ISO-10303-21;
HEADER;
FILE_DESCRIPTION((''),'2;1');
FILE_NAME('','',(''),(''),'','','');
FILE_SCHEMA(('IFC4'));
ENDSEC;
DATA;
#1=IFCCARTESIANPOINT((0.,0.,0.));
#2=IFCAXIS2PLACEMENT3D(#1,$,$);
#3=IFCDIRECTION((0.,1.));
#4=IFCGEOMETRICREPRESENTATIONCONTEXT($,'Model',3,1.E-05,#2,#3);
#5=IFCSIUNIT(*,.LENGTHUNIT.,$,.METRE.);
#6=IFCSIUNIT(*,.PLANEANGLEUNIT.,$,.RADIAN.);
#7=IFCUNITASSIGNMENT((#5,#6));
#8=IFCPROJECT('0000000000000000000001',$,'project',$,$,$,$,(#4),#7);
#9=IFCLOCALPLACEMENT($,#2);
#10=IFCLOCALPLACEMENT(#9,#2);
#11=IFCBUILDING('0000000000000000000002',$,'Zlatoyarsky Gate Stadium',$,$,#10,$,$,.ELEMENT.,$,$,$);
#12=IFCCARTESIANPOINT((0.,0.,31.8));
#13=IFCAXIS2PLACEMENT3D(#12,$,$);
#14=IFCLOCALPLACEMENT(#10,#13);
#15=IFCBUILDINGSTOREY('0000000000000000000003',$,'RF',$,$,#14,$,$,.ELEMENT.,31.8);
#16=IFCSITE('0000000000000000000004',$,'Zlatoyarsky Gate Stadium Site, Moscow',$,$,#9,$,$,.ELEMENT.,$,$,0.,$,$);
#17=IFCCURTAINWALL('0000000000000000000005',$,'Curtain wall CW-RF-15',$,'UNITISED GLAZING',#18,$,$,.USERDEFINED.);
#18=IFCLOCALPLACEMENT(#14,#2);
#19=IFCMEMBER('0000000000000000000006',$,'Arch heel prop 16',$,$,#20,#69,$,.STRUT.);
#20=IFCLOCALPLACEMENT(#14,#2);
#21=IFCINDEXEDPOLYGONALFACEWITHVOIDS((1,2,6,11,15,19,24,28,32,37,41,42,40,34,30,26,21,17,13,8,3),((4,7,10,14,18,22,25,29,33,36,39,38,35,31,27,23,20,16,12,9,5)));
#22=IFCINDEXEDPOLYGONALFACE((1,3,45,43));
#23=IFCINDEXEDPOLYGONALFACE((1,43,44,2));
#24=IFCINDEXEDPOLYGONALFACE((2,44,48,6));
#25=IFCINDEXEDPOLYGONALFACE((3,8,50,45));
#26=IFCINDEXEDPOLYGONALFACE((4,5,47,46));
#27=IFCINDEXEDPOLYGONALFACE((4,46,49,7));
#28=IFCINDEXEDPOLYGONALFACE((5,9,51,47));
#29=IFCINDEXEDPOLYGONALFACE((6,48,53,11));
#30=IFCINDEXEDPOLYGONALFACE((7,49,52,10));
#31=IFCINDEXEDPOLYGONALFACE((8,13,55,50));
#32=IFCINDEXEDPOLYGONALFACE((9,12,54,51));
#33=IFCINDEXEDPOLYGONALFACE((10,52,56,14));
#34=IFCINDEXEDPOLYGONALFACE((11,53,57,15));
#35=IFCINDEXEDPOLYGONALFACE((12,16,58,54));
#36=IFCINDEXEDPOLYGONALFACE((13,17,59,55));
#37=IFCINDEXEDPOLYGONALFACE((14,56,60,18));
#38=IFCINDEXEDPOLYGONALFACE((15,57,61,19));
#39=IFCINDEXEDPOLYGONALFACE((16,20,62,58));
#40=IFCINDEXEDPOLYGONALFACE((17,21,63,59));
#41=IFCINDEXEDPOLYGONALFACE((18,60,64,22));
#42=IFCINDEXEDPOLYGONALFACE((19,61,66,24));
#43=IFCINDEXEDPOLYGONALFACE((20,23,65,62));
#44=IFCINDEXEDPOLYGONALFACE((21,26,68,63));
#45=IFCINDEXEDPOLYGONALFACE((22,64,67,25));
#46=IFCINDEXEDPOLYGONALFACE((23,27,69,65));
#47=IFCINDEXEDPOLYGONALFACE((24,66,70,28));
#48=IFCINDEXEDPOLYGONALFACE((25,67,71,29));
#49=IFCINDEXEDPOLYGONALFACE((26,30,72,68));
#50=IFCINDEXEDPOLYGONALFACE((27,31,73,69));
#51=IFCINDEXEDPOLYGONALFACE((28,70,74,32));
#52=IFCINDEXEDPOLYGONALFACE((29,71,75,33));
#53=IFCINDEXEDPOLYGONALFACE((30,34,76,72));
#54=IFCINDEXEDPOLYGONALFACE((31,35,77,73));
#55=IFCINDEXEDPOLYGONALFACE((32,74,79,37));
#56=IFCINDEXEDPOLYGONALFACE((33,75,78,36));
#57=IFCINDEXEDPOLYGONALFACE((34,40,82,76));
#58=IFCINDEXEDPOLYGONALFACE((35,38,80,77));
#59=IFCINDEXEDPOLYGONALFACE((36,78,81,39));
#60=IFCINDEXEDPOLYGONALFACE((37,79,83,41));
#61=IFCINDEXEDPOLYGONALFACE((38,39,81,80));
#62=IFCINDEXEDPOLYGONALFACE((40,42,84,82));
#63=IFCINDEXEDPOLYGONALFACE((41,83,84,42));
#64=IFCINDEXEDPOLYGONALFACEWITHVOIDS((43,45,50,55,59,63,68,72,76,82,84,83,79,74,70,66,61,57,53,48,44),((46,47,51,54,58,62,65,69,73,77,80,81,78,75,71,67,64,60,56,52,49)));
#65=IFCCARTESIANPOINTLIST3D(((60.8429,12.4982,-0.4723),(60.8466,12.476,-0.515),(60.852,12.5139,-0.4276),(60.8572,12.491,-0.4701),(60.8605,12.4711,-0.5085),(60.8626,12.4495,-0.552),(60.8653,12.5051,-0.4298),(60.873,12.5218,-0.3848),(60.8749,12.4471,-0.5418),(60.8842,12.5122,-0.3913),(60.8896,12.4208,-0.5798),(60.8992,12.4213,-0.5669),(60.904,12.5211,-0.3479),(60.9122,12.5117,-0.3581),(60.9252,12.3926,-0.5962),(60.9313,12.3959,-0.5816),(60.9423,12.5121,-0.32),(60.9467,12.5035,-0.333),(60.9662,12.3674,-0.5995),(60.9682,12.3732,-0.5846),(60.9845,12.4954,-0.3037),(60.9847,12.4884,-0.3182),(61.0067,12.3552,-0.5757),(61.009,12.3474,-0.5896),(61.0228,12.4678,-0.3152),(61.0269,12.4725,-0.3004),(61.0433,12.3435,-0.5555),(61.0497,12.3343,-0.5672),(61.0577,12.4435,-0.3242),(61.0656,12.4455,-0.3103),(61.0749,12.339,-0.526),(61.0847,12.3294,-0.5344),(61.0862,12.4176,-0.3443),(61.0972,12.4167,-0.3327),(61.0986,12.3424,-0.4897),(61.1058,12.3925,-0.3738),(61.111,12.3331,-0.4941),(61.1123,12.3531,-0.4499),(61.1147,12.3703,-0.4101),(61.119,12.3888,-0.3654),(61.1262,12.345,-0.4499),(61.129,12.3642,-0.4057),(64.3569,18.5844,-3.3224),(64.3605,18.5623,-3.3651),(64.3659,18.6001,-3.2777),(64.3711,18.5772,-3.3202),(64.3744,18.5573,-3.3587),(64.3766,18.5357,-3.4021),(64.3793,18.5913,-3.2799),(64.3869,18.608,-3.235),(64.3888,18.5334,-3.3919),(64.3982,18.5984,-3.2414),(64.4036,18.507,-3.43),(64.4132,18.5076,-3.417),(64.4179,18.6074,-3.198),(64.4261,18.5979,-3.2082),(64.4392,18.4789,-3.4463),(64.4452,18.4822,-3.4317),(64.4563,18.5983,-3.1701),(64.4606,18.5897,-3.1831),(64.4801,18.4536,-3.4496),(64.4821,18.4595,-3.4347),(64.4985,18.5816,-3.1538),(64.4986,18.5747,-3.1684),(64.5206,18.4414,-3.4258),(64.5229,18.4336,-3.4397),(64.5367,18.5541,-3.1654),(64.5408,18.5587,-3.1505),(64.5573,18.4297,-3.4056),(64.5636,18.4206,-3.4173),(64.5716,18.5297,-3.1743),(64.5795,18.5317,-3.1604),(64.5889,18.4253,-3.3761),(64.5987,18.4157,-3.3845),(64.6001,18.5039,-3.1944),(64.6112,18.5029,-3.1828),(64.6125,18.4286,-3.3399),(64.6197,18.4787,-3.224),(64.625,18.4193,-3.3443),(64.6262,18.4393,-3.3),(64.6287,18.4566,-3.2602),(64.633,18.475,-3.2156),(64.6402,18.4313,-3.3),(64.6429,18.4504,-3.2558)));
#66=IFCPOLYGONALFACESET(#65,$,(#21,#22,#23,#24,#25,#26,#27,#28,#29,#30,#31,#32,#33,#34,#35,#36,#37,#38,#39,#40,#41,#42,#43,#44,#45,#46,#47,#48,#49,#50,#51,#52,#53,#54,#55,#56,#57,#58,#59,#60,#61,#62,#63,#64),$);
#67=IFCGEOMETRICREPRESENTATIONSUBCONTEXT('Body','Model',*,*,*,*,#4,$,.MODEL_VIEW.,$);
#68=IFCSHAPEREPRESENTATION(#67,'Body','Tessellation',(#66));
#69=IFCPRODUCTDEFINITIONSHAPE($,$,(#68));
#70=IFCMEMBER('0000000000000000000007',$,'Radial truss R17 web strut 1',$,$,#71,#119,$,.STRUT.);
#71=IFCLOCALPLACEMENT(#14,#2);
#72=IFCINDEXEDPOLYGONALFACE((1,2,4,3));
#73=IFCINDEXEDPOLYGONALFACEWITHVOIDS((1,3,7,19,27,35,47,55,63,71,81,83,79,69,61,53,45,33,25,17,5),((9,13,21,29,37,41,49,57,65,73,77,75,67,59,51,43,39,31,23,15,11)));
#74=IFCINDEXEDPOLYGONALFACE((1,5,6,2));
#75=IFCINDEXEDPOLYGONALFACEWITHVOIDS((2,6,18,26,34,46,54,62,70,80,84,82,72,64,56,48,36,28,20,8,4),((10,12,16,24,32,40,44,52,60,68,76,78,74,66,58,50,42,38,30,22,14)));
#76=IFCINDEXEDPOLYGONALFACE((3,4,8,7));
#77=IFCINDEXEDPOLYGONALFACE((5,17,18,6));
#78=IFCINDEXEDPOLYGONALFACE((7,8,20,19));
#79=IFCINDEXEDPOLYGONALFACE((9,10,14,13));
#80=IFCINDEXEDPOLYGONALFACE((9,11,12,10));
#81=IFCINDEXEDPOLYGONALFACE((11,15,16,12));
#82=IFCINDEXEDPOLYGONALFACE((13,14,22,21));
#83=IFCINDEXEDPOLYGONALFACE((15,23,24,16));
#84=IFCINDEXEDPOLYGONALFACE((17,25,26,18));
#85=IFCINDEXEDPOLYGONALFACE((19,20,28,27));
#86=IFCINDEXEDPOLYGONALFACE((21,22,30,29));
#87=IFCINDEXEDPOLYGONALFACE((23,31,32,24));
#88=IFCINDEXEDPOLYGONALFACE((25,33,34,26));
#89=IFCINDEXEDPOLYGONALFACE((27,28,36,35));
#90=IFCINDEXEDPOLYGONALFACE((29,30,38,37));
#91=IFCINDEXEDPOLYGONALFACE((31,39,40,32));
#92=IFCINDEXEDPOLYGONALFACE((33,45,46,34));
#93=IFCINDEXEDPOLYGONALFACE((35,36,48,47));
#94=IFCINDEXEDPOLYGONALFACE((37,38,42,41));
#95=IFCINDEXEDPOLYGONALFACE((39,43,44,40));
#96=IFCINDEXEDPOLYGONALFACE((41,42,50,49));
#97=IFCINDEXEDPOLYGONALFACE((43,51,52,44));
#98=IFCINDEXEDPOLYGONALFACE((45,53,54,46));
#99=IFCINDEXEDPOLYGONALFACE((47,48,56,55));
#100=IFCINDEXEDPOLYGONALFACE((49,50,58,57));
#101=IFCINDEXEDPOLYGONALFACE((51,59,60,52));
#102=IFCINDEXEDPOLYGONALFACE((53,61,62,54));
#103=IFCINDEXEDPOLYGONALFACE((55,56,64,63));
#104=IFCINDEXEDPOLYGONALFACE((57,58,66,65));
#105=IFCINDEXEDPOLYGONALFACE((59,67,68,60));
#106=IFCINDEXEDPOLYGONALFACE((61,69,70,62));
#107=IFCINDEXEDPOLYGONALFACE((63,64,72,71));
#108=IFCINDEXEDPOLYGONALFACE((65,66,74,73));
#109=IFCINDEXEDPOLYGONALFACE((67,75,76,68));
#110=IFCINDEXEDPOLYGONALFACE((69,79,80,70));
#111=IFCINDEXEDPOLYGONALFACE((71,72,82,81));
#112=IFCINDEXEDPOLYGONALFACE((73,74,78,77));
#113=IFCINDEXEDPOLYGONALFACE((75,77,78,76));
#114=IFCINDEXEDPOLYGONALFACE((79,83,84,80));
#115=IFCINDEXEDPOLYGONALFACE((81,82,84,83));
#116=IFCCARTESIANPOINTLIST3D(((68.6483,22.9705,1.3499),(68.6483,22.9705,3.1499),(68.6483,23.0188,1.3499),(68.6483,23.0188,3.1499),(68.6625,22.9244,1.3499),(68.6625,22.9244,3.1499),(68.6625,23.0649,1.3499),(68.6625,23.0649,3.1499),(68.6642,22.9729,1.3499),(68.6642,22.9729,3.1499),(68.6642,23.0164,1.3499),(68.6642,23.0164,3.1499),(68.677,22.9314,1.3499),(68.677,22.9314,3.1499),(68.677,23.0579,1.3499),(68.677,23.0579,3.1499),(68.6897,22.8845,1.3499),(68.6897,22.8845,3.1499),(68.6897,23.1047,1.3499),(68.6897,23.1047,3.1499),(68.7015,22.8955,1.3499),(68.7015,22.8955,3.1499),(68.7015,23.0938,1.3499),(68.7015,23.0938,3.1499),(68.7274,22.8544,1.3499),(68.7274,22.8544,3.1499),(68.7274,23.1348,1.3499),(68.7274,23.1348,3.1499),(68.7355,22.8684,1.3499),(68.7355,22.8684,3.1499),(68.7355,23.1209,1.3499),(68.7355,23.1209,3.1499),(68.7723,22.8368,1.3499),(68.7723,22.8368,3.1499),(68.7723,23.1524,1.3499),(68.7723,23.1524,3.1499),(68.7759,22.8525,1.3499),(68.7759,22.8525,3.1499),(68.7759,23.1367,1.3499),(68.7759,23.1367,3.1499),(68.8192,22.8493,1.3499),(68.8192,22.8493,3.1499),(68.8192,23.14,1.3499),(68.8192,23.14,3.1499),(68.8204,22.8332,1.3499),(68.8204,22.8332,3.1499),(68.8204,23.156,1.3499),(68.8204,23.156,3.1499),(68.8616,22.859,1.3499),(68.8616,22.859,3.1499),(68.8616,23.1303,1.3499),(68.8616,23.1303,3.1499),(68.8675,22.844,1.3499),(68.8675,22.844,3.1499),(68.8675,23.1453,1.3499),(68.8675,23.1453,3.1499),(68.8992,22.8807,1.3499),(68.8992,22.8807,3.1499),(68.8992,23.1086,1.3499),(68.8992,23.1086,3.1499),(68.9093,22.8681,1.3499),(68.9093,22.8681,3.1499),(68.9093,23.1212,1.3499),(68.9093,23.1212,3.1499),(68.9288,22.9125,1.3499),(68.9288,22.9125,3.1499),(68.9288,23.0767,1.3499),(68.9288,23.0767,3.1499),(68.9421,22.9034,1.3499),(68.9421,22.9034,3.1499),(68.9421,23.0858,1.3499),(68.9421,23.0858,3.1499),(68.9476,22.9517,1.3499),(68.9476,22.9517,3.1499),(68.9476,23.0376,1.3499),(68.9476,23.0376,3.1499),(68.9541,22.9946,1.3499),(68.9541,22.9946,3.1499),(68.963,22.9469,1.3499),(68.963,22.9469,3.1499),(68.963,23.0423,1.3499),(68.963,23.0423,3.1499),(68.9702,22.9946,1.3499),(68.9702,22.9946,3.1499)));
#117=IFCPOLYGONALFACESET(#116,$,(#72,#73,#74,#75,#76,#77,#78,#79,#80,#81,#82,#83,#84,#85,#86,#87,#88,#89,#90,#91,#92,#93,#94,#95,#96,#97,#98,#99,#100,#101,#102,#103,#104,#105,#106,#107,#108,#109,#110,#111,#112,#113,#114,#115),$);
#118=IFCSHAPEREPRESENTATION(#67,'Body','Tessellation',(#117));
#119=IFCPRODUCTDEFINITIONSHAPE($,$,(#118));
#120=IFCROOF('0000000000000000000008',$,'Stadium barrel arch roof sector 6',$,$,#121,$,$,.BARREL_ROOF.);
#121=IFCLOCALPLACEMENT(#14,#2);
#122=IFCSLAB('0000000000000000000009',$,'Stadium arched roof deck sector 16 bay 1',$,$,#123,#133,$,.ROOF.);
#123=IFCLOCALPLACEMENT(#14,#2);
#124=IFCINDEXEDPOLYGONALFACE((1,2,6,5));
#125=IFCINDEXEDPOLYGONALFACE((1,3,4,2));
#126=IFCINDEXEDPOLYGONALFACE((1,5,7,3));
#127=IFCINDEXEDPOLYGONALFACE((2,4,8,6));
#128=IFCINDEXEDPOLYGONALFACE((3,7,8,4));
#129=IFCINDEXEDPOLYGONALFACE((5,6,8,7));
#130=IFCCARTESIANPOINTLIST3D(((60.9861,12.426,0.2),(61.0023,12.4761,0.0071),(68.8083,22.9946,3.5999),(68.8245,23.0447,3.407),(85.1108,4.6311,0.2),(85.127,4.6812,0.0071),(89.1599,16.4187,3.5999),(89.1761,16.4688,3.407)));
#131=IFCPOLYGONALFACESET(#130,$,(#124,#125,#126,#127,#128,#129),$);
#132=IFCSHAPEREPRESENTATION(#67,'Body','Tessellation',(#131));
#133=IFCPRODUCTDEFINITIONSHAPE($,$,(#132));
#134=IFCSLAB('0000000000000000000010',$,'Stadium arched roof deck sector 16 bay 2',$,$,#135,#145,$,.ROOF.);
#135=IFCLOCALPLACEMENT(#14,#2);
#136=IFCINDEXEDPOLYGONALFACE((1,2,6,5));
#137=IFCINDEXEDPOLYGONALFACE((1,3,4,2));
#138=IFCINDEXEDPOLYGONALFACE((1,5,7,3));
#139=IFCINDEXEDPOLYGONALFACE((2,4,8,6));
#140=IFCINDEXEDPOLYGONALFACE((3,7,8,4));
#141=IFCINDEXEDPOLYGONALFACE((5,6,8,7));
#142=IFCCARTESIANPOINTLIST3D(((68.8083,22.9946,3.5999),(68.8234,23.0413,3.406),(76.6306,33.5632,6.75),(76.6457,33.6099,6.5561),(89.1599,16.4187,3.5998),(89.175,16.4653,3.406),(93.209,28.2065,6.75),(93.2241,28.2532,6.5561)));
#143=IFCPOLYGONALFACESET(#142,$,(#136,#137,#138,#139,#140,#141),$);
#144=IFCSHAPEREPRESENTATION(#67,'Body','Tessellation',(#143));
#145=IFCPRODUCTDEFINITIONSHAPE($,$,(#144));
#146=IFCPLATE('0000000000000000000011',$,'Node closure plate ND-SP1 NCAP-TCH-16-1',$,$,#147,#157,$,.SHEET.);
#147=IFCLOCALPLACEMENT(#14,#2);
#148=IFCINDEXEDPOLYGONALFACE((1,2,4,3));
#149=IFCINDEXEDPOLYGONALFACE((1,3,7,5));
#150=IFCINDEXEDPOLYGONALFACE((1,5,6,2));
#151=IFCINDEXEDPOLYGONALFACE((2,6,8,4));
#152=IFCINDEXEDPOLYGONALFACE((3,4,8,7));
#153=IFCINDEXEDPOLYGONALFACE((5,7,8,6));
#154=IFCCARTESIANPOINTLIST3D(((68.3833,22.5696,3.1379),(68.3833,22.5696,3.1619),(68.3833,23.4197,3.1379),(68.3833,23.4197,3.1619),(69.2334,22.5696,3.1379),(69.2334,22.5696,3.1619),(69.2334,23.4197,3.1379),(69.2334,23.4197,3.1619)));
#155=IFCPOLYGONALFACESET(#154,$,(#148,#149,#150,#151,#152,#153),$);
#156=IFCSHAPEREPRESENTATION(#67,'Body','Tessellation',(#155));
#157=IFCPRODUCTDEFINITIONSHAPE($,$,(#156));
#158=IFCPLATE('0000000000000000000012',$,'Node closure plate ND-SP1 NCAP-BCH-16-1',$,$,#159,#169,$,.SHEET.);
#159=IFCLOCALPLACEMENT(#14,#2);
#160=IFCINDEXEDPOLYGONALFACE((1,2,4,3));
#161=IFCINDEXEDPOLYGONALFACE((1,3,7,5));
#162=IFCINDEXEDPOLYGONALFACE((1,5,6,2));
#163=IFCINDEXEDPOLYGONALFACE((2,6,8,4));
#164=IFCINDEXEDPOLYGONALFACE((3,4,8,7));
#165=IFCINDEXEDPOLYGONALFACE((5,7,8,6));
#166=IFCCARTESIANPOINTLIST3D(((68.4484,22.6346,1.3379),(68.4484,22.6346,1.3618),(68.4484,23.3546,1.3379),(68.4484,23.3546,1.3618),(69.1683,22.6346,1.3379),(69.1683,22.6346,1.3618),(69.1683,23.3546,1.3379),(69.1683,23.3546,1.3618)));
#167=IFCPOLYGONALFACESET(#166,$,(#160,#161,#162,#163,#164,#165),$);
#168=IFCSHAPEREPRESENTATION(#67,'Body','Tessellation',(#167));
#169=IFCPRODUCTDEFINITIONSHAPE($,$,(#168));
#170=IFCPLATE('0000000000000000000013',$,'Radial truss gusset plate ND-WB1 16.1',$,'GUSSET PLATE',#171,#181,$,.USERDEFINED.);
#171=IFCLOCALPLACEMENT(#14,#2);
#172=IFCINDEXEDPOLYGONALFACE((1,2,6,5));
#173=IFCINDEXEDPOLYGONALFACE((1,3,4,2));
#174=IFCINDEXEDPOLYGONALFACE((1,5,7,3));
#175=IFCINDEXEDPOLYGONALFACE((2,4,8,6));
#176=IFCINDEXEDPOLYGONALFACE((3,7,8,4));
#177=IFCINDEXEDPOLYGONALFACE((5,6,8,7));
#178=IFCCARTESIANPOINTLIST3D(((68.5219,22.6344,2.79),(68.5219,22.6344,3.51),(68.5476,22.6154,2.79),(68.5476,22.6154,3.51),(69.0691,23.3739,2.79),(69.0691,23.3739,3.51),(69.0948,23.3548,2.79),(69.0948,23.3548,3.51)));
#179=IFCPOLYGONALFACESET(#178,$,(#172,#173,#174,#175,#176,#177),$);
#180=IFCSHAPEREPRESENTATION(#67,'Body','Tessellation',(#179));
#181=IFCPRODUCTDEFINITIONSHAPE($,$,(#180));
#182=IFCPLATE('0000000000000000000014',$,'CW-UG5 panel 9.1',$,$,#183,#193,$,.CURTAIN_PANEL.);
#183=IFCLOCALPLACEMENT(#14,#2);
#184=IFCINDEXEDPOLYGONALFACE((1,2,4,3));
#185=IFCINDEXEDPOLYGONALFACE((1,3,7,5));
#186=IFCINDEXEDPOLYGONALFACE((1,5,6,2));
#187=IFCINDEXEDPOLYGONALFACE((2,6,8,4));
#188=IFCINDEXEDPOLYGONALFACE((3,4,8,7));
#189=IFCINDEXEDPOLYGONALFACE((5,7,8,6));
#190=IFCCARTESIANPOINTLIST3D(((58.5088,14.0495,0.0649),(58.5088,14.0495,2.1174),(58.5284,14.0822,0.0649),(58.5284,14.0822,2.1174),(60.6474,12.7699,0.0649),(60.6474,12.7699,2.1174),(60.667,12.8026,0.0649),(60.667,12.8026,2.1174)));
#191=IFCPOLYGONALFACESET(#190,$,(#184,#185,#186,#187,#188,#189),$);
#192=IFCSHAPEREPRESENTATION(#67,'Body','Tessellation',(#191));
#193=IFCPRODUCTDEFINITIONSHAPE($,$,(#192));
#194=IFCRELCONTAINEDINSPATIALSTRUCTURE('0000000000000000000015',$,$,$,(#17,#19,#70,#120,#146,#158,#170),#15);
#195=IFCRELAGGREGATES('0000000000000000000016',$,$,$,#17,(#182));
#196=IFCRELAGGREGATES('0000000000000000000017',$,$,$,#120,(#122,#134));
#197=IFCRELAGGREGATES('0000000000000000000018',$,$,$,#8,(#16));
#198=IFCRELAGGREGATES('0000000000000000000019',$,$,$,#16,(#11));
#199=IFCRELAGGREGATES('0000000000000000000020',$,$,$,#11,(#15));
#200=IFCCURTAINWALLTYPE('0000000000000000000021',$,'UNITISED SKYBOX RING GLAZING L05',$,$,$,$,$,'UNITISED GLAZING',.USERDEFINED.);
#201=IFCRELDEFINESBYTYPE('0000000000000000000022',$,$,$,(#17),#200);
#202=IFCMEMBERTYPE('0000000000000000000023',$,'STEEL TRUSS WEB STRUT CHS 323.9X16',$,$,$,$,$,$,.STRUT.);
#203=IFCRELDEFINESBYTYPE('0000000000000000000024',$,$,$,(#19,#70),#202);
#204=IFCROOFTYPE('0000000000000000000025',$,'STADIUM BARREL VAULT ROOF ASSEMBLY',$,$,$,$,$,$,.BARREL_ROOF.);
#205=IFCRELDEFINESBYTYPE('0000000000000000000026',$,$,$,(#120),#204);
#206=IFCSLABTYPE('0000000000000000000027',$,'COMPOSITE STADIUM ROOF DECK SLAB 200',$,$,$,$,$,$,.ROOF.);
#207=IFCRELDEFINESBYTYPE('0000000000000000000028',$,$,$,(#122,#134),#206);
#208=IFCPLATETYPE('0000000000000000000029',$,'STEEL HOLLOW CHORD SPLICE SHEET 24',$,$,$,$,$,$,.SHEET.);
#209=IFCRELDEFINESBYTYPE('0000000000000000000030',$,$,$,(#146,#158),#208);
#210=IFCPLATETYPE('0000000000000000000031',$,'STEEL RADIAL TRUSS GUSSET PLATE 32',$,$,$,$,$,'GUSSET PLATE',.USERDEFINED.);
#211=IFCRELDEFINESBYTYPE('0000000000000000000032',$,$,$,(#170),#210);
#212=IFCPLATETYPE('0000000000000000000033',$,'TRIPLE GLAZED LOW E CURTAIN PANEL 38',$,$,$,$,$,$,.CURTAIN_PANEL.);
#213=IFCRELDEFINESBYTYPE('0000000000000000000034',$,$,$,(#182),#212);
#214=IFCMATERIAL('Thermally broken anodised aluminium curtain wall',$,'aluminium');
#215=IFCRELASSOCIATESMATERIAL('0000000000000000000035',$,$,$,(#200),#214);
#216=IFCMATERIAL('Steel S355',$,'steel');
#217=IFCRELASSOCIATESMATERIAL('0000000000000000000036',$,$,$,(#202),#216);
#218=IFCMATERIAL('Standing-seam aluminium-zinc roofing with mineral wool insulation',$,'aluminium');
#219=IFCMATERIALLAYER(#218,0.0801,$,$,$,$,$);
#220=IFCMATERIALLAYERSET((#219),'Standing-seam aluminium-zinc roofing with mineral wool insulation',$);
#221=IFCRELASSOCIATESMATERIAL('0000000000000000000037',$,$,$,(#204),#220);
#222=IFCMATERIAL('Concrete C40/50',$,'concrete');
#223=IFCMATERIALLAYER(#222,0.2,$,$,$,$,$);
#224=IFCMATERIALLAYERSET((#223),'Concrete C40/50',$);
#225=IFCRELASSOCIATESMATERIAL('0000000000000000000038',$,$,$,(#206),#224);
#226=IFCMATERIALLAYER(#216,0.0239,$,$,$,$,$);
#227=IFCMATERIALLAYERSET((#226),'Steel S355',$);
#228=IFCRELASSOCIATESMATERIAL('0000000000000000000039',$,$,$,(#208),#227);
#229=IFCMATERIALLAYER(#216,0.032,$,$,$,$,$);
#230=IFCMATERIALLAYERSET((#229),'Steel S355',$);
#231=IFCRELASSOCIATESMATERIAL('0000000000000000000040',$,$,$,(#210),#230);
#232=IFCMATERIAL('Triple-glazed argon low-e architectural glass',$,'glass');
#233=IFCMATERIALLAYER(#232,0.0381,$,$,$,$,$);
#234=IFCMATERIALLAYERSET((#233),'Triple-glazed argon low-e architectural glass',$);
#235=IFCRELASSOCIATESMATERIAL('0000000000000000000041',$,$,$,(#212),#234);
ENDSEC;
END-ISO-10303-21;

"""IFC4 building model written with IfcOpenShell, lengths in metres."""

from ifc_helpers import new_model, si_unit, direction, frame, origin, origin_2d, place, context, subcontext, project, spatial, polyline, rectangle, hollow_circle, outline, extrude, material, layer, layer_set, material_profile, profile_set, type_object, element, aggregate, save


model = new_model("IFC4")

# Units and contexts
model_context = context("Model", 3, precision=1e-05, world=origin(), true_north=direction((0.0, 1.0)))
body_context = subcontext(model_context, "Body", "Model", "MODEL_VIEW")
ifc_project = project(units=[si_unit("LENGTHUNIT", "METRE"), si_unit("PLANEANGLEUNIT", "RADIAN")], contexts=[model_context])

# Site, building, storey
site_placement = place(None, origin())
site = spatial("IfcSite", under=ifc_project, at=site_placement, Name="Zlatoyarsky Gate Stadium Site, Moscow", CompositionType="ELEMENT", RefElevation=0.0)
building_placement = place(site_placement, origin())
building = spatial("IfcBuilding", under=site, at=building_placement, Name="Zlatoyarsky Gate Stadium", CompositionType="ELEMENT")
storey_placement = place(building_placement, frame((0.0, 0.0, 31.8)))
storey = spatial("IfcBuildingStorey", under=building, at=storey_placement, Name="RF", CompositionType="ELEMENT", Elevation=31.8)

# Curtain wall
ifc_material_1 = material(Name="Thermally broken anodised aluminium curtain wall", Category="aluminium")
curtain_wall_type = type_object("IfcCurtainWallType", Name="UNITISED SKYBOX RING GLAZING L05", ElementType="UNITISED GLAZING", PredefinedType="USERDEFINED", material=ifc_material_1)
curtain_wall_placement = place(storey_placement, origin())
curtain_wall = element("IfcCurtainWall", 1, at=curtain_wall_placement, inside=storey, type_object=curtain_wall_type, Name="Curtain wall CW-RF-15", ObjectType="UNITISED GLAZING", PredefinedType="USERDEFINED")

# Shared definitions
ifc_material_2 = material(Name="Steel S355", Category="steel")

# Members
ifc_material_profile_1 = material_profile(ifc_material_2, hollow_circle(Radius=0.1619, WallThickness=0.0161, at=origin_2d()), Name="CHS 323.9X16")
ifc_profile_set_1 = profile_set([ifc_material_profile_1], Name="Steel S355")
member_type_1 = type_object("IfcMemberType", Name="STEEL TRUSS WEB STRUT CHS 323.9X16", PredefinedType="STRUT", material=ifc_profile_set_1)
member_1_placement = place(storey_placement, frame((64.5, 18.5122, -3.3), z_axis=(-0.463352, -0.802536, 0.37582), x_axis=(0.866022, -0.500006, 0.0)))
element("IfcMember", 2, at=member_1_placement, inside=storey, type_object=member_type_1, Name="Arch heel prop 16", PredefinedType="STRUT", context=body_context, shape_type="SweptSolid", body=[
    extrude(hollow_circle(Radius=0.1619, WallThickness=0.0161, at=origin_2d()), origin(), (0.0, 0.0, 1.0), 7.5837),
])
member_2_placement = place(storey_placement, frame((68.8083, 22.9946, 1.3499), z_axis=(0.0, 0.0, 1.0), x_axis=(1.0, 0.0, 0.0)))
element("IfcMember", 3, at=member_2_placement, inside=storey, type_object=member_type_1, Name="Radial truss R17 web strut 1", PredefinedType="STRUT", context=body_context, shape_type="SweptSolid", body=[
    extrude(hollow_circle(Radius=0.1619, WallThickness=0.0161, at=origin_2d()), origin(), (0.0, 0.0, 1.0), 1.8),
])

# Roof, slabs
ifc_material_3 = material(Name="Standing-seam aluminium-zinc roofing with mineral wool insulation", Category="aluminium")
ifc_layer_1 = layer(ifc_material_3, 0.0801)
ifc_layer_set_1 = layer_set([ifc_layer_1], Name="Standing-seam aluminium-zinc roofing with mineral wool insulation")
roof_type = type_object("IfcRoofType", Name="STADIUM BARREL VAULT ROOF ASSEMBLY", PredefinedType="BARREL_ROOF", material=ifc_layer_set_1)
roof_placement = place(storey_placement, origin())
roof = element("IfcRoof", 4, at=roof_placement, inside=storey, type_object=roof_type, Name="Stadium barrel arch roof sector 6", PredefinedType="BARREL_ROOF")
ifc_material_4 = material(Name="Concrete C40/50", Category="concrete")
ifc_layer_2 = layer(ifc_material_4, 0.2)
ifc_layer_set_2 = layer_set([ifc_layer_2], Name="Concrete C40/50")
slab_type = type_object("IfcSlabType", Name="COMPOSITE STADIUM ROOF DECK SLAB 200", PredefinedType="ROOF", material=ifc_layer_set_2)
slab_1_placement = place(storey_placement, frame((60.9861, 12.426, 0.2), z_axis=(-0.080927, -0.25046, 0.964739), x_axis=(0.951562, -0.307458, 0.000001)))
slab_1 = element("IfcSlab", 5, at=slab_1_placement, type_object=slab_type, Name="Stadium arched roof deck sector 16 bay 1", PredefinedType="ROOF", context=body_context, shape_type="SweptSolid", body=[
    extrude(outline(polyline([(0.0, 0.0), (25.3528, 0.0), (25.5816, 12.917), (4.194, 12.9172), (0.0, 0.0)])), origin(), (0.0, 0.0, -1.0), 0.2),
])
slab_2_placement = place(storey_placement, frame((68.8083, 22.9946, 3.5999), z_axis=(-0.075352, -0.233205, 0.969504), x_axis=(0.95156, -0.307465, 0.0)))
slab_2 = element("IfcSlab", 6, at=slab_2_placement, type_object=slab_type, Name="Stadium arched roof deck sector 16 bay 2", PredefinedType="ROOF", context=body_context, shape_type="SweptSolid", body=[
    extrude(outline(polyline([(0.0, 0.0), (21.3876, 0.0), (21.6162, 12.8538), (4.1939, 12.8537), (0.0, 0.0)])), origin(), (0.0, 0.0, -1.0), 0.2),
])

# Plates
ifc_layer_3 = layer(ifc_material_2, 0.0239)
ifc_layer_set_3 = layer_set([ifc_layer_3], Name="Steel S355")
plate_type_1 = type_object("IfcPlateType", Name="STEEL HOLLOW CHORD SPLICE SHEET 24", PredefinedType="SHEET", material=ifc_layer_set_3)
plate_1_placement = place(storey_placement, frame((68.8083, 22.9946, 3.1379), z_axis=(0.0, 0.0, 1.0), x_axis=(1.0, 0.0, 0.0)))
element("IfcPlate", 7, at=plate_1_placement, inside=storey, type_object=plate_type_1, Name="Node closure plate ND-SP1 NCAP-TCH-16-1", PredefinedType="SHEET", context=body_context, shape_type="SweptSolid", body=[
    extrude(rectangle(XDim=0.8501, YDim=0.8501, at=origin_2d()), origin(), (0.0, 0.0, 1.0), 0.0239),
])
plate_2_placement = place(storey_placement, frame((68.8083, 22.9946, 1.3379), z_axis=(0.0, 0.0, 1.0), x_axis=(1.0, 0.0, 0.0)))
element("IfcPlate", 8, at=plate_2_placement, inside=storey, type_object=plate_type_1, Name="Node closure plate ND-SP1 NCAP-BCH-16-1", PredefinedType="SHEET", context=body_context, shape_type="SweptSolid", body=[
    extrude(rectangle(XDim=0.72, YDim=0.72, at=origin_2d()), origin(), (0.0, 0.0, 1.0), 0.0239),
])
ifc_layer_4 = layer(ifc_material_2, 0.032)
ifc_layer_set_4 = layer_set([ifc_layer_4], Name="Steel S355")
plate_type_2 = type_object("IfcPlateType", Name="STEEL RADIAL TRUSS GUSSET PLATE 32", ElementType="GUSSET PLATE", PredefinedType="USERDEFINED", material=ifc_layer_set_4)
plate_3_placement = place(storey_placement, frame((68.8083, 22.9946, 2.79), z_axis=(0.0, 0.0, 1.0), x_axis=(0.594913, 0.80379, 0.0)))
element("IfcPlate", 9, at=plate_3_placement, inside=storey, type_object=plate_type_2, Name="Radial truss gusset plate ND-WB1 16.1", ObjectType="GUSSET PLATE", PredefinedType="USERDEFINED", context=body_context, shape_type="SweptSolid", body=[
    extrude(rectangle(XDim=0.9199, YDim=0.032, at=origin_2d()), origin(), (0.0, 0.0, 1.0), 0.72),
])

# Plate
ifc_material_5 = material(Name="Triple-glazed argon low-e architectural glass", Category="glass")
ifc_layer_5 = layer(ifc_material_5, 0.0381)
ifc_layer_set_5 = layer_set([ifc_layer_5], Name="Triple-glazed argon low-e architectural glass")
plate_type_3 = type_object("IfcPlateType", Name="TRIPLE GLAZED LOW E CURTAIN PANEL 38", PredefinedType="CURTAIN_PANEL", material=ifc_layer_set_5)
plate_4_placement = place(storey_placement, frame((59.5879, 13.426, 0.0649), z_axis=(0.0, 0.0, 1.0), x_axis=(0.858128, -0.513436, 0.0)))
plate_4 = element("IfcPlate", 10, at=plate_4_placement, type_object=plate_type_3, Name="CW-UG5 panel 9.1", PredefinedType="CURTAIN_PANEL", context=body_context, shape_type="SweptSolid", body=[
    extrude(rectangle(XDim=2.4922, YDim=0.0381, at=origin_2d()), origin(), (0.0, 0.0, 1.0), 2.0525),
])
aggregate(curtain_wall, [plate_4])

aggregate(roof, [slab_1, slab_2])

save(model, "model.ifc")
